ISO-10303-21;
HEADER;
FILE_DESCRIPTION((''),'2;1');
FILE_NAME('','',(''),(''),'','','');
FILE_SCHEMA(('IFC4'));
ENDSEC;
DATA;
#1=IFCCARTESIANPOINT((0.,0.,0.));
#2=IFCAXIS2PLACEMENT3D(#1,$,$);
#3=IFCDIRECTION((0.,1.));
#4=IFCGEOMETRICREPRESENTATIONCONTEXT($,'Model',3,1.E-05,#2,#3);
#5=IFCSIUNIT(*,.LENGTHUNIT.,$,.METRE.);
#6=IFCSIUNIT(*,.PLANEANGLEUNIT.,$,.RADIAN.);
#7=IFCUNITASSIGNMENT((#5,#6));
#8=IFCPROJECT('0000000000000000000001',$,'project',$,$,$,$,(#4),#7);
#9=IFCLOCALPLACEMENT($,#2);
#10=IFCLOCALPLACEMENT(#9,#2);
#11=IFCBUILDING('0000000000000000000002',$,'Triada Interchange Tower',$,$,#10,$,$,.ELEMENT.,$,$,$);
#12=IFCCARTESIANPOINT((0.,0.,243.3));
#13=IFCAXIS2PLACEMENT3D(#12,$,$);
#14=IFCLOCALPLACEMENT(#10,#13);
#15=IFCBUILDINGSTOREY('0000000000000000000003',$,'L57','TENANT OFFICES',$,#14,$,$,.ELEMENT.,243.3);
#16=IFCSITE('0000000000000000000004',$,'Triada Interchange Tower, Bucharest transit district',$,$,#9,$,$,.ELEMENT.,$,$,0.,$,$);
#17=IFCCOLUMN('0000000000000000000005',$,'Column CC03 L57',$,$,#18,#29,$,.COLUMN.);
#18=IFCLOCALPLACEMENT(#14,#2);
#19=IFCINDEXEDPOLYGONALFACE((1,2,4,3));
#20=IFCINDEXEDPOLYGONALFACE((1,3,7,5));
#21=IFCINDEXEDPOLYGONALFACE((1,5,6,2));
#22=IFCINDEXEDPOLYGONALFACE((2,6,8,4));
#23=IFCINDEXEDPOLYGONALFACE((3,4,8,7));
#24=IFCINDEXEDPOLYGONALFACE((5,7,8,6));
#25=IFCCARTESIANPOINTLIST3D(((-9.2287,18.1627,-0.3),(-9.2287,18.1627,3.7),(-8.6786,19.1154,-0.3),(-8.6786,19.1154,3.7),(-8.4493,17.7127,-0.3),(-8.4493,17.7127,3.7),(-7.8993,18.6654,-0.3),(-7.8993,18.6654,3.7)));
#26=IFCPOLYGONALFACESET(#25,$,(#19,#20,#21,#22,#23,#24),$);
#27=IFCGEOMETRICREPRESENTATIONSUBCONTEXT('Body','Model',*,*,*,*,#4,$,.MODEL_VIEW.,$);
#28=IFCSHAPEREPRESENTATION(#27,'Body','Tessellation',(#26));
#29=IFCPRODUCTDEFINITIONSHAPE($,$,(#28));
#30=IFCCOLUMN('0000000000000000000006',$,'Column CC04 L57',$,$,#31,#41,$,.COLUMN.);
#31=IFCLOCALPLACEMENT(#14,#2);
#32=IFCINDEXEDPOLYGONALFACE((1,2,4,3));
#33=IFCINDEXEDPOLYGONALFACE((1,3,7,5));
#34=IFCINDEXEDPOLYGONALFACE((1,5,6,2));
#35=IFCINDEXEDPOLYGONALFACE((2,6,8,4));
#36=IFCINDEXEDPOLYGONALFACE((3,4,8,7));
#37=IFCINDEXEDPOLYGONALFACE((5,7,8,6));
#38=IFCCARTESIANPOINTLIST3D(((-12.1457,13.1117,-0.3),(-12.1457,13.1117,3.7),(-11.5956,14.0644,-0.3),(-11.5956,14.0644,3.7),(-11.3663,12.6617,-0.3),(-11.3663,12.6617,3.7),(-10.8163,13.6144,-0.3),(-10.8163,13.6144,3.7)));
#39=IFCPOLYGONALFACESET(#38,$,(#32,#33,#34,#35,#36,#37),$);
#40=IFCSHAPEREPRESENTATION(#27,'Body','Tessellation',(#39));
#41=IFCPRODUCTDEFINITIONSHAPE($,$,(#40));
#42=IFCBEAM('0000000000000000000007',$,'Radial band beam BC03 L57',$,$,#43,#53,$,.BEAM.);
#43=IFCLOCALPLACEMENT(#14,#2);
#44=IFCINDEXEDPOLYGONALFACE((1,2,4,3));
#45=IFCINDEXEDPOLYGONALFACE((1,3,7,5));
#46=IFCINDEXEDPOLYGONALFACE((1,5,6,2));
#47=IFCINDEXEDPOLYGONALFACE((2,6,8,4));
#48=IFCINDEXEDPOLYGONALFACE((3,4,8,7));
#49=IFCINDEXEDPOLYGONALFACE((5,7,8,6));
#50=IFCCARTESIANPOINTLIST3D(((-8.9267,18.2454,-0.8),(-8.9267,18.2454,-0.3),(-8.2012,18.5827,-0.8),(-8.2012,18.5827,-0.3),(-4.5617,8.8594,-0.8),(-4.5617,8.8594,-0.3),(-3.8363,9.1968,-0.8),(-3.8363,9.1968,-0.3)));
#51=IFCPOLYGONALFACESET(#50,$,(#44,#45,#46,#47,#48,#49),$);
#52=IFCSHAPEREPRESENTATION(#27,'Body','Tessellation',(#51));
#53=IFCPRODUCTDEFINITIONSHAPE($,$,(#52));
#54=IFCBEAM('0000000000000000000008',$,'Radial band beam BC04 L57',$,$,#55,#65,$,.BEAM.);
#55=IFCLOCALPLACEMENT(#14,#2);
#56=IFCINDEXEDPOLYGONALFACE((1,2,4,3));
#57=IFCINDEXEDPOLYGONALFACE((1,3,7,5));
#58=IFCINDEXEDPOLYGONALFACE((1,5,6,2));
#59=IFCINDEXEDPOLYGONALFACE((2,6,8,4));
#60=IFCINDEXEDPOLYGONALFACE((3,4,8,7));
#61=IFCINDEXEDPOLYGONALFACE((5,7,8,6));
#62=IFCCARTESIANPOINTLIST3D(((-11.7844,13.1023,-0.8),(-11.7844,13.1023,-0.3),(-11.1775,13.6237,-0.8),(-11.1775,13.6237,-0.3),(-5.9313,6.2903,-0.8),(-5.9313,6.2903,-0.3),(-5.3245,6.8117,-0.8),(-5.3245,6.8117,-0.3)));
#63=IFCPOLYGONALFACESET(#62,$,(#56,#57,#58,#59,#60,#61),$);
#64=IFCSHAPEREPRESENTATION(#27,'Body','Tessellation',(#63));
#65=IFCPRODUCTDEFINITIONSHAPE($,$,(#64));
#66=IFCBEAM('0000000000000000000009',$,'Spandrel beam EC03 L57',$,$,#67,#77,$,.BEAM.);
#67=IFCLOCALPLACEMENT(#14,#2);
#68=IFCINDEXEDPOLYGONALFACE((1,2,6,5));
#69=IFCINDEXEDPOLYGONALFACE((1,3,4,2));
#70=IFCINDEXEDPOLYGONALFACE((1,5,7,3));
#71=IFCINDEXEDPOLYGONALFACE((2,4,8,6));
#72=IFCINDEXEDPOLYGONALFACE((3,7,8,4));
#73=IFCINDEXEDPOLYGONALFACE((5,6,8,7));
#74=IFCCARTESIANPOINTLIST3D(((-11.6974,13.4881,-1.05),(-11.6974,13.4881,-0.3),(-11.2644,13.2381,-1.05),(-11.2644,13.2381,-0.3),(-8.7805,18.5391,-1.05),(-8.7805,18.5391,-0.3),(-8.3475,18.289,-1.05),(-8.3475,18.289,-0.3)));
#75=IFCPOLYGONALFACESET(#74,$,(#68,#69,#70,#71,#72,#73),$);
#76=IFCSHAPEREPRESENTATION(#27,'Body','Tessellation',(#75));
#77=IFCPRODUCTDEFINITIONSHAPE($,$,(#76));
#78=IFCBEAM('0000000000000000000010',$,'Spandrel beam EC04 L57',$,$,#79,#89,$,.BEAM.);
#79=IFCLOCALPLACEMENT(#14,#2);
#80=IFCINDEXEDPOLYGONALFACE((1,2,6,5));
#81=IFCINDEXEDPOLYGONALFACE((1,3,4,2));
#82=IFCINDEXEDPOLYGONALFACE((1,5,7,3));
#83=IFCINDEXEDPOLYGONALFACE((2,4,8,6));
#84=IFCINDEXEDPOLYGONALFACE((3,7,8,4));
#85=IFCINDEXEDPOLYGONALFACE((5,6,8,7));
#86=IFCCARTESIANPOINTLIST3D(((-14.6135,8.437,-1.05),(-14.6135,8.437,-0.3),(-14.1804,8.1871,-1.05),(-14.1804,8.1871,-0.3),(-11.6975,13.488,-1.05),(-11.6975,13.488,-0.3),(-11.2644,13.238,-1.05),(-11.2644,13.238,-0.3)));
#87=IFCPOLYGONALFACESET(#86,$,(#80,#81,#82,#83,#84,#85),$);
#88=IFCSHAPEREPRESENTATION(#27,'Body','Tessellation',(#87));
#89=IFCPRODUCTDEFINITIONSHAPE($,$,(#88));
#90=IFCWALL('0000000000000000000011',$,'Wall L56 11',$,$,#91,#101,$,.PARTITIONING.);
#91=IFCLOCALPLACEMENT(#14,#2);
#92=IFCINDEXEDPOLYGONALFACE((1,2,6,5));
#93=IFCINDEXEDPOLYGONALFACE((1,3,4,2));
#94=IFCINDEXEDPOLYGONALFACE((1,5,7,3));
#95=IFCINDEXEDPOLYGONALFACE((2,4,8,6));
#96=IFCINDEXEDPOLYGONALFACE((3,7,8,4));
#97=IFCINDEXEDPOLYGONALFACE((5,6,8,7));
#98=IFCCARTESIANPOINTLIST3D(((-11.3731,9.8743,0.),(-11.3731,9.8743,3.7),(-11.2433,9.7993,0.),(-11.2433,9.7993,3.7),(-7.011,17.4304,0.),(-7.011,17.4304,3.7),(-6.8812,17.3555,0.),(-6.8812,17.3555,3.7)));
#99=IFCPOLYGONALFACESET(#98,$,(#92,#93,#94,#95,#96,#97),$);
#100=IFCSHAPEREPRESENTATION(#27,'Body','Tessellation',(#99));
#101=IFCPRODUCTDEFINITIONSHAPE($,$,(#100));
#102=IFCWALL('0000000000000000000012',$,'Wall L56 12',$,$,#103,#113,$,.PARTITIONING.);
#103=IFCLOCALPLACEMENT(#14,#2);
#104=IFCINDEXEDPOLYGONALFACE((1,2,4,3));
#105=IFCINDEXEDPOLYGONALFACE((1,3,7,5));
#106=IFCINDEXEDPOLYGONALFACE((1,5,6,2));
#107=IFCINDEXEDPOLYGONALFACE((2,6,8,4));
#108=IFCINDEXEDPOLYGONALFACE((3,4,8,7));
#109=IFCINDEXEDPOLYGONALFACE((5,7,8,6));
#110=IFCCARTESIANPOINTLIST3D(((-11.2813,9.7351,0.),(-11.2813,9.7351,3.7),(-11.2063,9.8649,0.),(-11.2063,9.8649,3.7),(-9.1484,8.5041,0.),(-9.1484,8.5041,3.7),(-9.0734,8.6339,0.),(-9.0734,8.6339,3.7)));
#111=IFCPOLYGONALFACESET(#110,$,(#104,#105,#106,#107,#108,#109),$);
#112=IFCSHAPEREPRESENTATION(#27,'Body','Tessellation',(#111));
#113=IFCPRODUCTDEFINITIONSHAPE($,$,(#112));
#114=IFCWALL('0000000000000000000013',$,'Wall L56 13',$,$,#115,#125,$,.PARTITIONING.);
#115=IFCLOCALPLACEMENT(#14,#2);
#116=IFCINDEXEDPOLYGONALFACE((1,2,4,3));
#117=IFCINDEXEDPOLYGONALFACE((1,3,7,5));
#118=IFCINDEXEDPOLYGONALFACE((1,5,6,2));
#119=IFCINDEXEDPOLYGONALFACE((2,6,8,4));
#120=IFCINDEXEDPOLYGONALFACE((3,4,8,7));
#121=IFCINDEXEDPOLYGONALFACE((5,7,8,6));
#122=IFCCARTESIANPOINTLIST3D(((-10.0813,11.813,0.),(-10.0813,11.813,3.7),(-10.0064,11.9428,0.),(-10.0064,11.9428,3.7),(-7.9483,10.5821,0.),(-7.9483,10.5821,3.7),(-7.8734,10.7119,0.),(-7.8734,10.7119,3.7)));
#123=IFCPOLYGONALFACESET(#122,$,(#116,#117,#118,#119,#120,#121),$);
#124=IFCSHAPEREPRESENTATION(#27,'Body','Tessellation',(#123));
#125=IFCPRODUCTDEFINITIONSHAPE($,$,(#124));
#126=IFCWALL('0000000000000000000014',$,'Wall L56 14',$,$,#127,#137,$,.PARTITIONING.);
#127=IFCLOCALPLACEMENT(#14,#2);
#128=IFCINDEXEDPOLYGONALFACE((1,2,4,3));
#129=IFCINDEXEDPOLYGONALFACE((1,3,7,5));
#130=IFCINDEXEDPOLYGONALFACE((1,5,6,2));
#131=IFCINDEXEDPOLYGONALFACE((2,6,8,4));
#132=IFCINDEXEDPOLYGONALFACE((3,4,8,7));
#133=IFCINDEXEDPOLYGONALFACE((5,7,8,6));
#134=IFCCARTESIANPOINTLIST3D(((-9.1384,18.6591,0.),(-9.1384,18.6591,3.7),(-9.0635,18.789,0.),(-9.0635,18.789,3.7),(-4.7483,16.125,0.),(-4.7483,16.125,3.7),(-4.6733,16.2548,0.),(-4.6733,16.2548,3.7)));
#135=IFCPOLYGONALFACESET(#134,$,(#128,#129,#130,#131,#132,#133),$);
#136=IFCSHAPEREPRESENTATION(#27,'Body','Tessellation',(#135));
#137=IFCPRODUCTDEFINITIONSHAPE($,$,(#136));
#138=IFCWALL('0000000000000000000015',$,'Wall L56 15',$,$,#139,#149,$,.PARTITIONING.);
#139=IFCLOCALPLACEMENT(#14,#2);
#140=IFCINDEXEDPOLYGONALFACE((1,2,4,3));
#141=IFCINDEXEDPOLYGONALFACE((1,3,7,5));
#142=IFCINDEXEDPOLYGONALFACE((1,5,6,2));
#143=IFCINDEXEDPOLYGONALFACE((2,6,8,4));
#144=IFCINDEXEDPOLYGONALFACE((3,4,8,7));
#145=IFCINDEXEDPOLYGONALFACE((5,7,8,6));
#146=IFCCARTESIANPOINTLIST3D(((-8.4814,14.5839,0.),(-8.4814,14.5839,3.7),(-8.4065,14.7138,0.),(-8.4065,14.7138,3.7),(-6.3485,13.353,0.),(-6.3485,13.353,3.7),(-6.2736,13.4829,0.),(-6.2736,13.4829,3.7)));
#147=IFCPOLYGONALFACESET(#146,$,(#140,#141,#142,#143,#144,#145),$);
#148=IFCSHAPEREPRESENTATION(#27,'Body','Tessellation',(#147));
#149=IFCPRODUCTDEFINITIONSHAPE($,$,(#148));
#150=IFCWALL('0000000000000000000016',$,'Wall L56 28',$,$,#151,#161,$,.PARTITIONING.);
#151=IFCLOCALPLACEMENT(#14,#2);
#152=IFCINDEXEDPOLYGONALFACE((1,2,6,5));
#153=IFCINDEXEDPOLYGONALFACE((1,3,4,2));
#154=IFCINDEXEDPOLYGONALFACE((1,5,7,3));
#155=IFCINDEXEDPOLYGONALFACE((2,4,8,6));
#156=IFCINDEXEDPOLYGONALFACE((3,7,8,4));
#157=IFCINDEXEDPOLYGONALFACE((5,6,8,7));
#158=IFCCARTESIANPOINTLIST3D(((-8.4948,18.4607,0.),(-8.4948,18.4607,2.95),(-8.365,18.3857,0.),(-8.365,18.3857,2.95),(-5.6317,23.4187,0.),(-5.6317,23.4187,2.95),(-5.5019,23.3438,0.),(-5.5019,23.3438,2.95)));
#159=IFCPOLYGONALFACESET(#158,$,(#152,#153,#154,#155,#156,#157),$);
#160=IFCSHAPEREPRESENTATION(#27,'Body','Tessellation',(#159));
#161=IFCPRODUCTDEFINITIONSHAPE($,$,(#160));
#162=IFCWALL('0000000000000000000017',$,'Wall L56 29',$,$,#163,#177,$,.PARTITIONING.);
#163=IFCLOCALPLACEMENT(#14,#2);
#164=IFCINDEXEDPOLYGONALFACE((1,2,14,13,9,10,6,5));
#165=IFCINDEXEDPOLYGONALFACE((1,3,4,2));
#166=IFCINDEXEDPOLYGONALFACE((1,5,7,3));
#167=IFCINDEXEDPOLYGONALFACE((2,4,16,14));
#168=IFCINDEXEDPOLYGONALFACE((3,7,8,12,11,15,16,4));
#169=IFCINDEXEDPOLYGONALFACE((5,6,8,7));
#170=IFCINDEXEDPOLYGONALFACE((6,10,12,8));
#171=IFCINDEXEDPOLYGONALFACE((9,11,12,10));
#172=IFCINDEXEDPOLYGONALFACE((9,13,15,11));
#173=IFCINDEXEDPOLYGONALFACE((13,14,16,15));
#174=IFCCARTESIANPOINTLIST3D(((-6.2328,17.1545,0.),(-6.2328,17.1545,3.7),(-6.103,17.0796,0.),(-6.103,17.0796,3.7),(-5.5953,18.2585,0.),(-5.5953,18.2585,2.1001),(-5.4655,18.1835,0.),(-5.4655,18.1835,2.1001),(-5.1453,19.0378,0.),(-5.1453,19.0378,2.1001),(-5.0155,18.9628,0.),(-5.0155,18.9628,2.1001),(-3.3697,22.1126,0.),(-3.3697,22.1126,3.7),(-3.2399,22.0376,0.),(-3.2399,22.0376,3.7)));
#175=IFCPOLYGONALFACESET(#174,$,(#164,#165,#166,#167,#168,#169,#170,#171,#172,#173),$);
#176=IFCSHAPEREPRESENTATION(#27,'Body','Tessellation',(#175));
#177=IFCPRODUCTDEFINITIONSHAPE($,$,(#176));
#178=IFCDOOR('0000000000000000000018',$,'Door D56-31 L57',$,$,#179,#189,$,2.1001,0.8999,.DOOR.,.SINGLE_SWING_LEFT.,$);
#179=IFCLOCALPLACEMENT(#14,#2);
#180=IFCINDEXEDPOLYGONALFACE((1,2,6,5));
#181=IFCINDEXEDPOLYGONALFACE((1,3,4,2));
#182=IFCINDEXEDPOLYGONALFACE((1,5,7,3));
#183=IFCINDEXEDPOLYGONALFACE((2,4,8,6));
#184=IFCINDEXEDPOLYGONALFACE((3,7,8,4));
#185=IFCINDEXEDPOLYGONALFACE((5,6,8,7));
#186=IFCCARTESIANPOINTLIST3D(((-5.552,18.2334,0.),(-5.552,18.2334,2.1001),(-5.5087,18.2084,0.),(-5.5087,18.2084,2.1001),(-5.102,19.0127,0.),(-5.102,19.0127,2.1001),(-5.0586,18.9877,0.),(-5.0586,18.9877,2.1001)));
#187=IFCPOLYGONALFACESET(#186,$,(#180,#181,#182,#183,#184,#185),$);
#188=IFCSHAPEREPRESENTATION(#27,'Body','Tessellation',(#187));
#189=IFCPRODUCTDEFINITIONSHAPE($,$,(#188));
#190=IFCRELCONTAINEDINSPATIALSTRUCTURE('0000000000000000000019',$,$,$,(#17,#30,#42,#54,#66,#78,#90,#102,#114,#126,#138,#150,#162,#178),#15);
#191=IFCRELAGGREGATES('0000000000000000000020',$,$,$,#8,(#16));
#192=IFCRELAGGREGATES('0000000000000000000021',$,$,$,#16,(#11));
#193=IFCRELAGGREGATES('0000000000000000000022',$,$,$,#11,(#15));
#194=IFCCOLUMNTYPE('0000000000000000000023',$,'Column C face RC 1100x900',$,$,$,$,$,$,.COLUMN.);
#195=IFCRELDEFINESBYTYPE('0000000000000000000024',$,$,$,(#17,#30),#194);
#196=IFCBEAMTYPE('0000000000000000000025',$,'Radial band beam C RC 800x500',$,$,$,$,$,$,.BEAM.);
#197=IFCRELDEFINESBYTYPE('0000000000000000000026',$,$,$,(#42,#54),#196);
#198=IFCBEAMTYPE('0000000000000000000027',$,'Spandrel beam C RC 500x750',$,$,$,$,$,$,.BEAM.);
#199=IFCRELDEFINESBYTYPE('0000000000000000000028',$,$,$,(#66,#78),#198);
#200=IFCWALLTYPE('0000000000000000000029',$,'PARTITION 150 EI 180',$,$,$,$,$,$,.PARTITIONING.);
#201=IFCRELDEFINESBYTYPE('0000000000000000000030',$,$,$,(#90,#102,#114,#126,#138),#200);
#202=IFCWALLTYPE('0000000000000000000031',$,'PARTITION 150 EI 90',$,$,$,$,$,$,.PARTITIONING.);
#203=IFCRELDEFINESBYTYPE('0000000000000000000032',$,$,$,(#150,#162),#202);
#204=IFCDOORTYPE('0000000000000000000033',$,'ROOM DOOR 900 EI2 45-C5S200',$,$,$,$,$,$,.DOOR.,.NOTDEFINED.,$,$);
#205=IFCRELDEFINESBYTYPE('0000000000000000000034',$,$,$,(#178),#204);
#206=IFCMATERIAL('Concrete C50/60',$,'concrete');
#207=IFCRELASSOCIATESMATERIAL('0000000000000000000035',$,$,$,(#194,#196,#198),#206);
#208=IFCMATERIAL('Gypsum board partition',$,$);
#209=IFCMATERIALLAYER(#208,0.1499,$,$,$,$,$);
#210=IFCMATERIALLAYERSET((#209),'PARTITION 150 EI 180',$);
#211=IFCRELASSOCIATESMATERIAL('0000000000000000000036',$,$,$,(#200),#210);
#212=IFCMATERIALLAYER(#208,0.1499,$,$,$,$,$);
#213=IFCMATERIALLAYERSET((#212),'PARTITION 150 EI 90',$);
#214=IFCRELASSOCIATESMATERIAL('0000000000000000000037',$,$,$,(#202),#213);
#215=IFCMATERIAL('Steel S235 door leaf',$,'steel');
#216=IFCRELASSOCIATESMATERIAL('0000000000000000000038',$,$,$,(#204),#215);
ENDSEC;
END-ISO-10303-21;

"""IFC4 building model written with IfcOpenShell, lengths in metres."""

from ifc_helpers import new_model, si_unit, direction, frame, frame_2d, origin, origin_2d, place, context, subcontext, project, spatial, rectangle, extrude, material, layer, layer_set, material_profile, profile_set, type_object, element, fill, save


model = new_model("IFC4")

# Units and contexts
model_context = context("Model", 3, precision=1e-05, world=origin(), true_north=direction((0.0, 1.0)))
body_context = subcontext(model_context, "Body", "Model", "MODEL_VIEW")
ifc_project = project(units=[si_unit("LENGTHUNIT", "METRE"), si_unit("PLANEANGLEUNIT", "RADIAN")], contexts=[model_context])

# Site, building, storey
site_placement = place(None, origin())
site = spatial("IfcSite", under=ifc_project, at=site_placement, Name="Triada Interchange Tower, Bucharest transit district", CompositionType="ELEMENT", RefElevation=0.0)
building_placement = place(site_placement, origin())
building = spatial("IfcBuilding", under=site, at=building_placement, Name="Triada Interchange Tower", CompositionType="ELEMENT")
storey_placement = place(building_placement, frame((0.0, 0.0, 243.3)))
storey = spatial("IfcBuildingStorey", under=building, at=storey_placement, Name="L57", Description="TENANT OFFICES", CompositionType="ELEMENT", Elevation=243.3)

# Columns
ifc_material_1 = material(Name="Concrete C50/60", Category="concrete")
ifc_material_profile_1 = material_profile(ifc_material_1, rectangle(XDim=1.1001, YDim=0.8999, at=origin_2d()), Name="RC 1100x900")
ifc_profile_set_1 = profile_set([ifc_material_profile_1], Name="Concrete C50/60")
column_type = type_object("IfcColumnType", Name="Column C face RC 1100x900", PredefinedType="COLUMN", material=ifc_profile_set_1)
for number, where, z_axis, x_axis, name in (
    (1, (-8.564, 18.4141, -0.3), (0.0, 0.0, 1.0), (0.5, 0.866025, 0.0), "Column CC03 L57"),
    (2, (-11.481, 13.363, -0.3), (0.0, 0.0, 1.0), (0.5, 0.866025, 0.0), "Column CC04 L57"),
):
    element("IfcColumn", number, at=place(storey_placement, frame(where, z_axis=z_axis, x_axis=x_axis)), inside=storey, type_object=column_type, Name=name, PredefinedType="COLUMN", context=body_context, shape_type="SweptSolid", body=[
        extrude(rectangle(XDim=1.1001, YDim=0.8999, at=origin_2d()), origin(), (0.0, 0.0, 1.0), 4.0),
    ])

# Beams
ifc_material_profile_2 = material_profile(ifc_material_1, rectangle(XDim=0.8, YDim=0.5, at=origin_2d()), Name="RC 800x500")
ifc_profile_set_2 = profile_set([ifc_material_profile_2], Name="Concrete C50/60")
beam_type_1 = type_object("IfcBeamType", Name="Radial band beam C RC 800x500", PredefinedType="BEAM", material=ifc_profile_set_2)
beam_1_placement = place(storey_placement, frame((-8.564, 18.4141, -0.55), z_axis=(0.421684, -0.906743, 0.0), x_axis=(0.906743, 0.421684, 0.0)))
element("IfcBeam", 3, at=beam_1_placement, inside=storey, type_object=beam_type_1, Name="Radial band beam BC03 L57", PredefinedType="BEAM", context=body_context, shape_type="SweptSolid", body=[
    extrude(rectangle(XDim=0.8, YDim=0.5, at=origin_2d()), origin(), (0.0, 0.0, 1.0), 10.3513),
])
beam_2_placement = place(storey_placement, frame((-11.481, 13.363, -0.55), z_axis=(0.6517, -0.758477, 0.0), x_axis=(0.758477, 0.6517, 0.0)))
element("IfcBeam", 4, at=beam_2_placement, inside=storey, type_object=beam_type_1, Name="Radial band beam BC04 L57", PredefinedType="BEAM", context=body_context, shape_type="SweptSolid", body=[
    extrude(rectangle(XDim=0.8, YDim=0.5, at=origin_2d()), origin(), (0.0, 0.0, 1.0), 8.9812),
])
ifc_material_profile_3 = material_profile(ifc_material_1, rectangle(XDim=0.5, YDim=0.75, at=origin_2d()), Name="RC 500x750")
ifc_profile_set_3 = profile_set([ifc_material_profile_3], Name="Concrete C50/60")
beam_type_2 = type_object("IfcBeamType", Name="Spandrel beam C RC 500x750", PredefinedType="BEAM", material=ifc_profile_set_3)
beam_3_placement = place(storey_placement, frame((-8.564, 18.4141, -0.675), z_axis=(-0.5001, -0.865967, 0.0), x_axis=(0.865967, -0.5001, 0.0)))
element("IfcBeam", 5, at=beam_3_placement, inside=storey, type_object=beam_type_2, Name="Spandrel beam EC03 L57", PredefinedType="BEAM", context=body_context, shape_type="SweptSolid", body=[
    extrude(rectangle(XDim=0.5, YDim=0.75, at=origin_2d()), origin(), (0.0, 0.0, 1.0), 5.8328),
])
beam_4_placement = place(storey_placement, frame((-11.481, 13.363, -0.675), z_axis=(-0.499975, -0.86604, 0.0), x_axis=(0.86604, -0.499975, 0.0)))
element("IfcBeam", 6, at=beam_4_placement, inside=storey, type_object=beam_type_2, Name="Spandrel beam EC04 L57", PredefinedType="BEAM", context=body_context, shape_type="SweptSolid", body=[
    extrude(rectangle(XDim=0.5, YDim=0.75, at=origin_2d()), origin(), (0.0, 0.0, 1.0), 5.8323),
])

# Shared definitions
ifc_material_2 = material(Name="Steel S235 door leaf", Category="steel")

# Walls
ifc_material_3 = material(Name="Gypsum board partition")
ifc_layer_1 = layer(ifc_material_3, 0.1499)
ifc_layer_set_1 = layer_set([ifc_layer_1], Name="PARTITION 150 EI 180")
wall_type_1 = type_object("IfcWallType", Name="PARTITION 150 EI 180", PredefinedType="PARTITIONING", material=ifc_layer_set_1)
wall_1_placement = place(storey_placement, frame((-11.3081, 9.8369, 0.0), z_axis=(0.0, 0.0, 1.0), x_axis=(0.499958, 0.86605, 0.0)))
element("IfcWall", 7, at=wall_1_placement, inside=storey, type_object=wall_type_1, Name="Wall L56 11", PredefinedType="PARTITIONING", context=body_context, shape_type="SweptSolid", body=[
    extrude(rectangle(XDim=8.7249, YDim=0.1499, at=frame_2d((4.3623, 0.0))), origin(), (0.0, 0.0, 1.0), 3.7),
])
for number, where, z_axis, x_axis, name in (
    (8, (-11.2439, 9.8, 0.0), (0.0, 0.0, 1.0), (0.8661, -0.499871, 0.0), "Wall L56 12"),
    (9, (-10.0439, 11.8779, 0.0), (0.0, 0.0, 1.0), (0.866125, -0.499828, 0.0), "Wall L56 13"),
):
    element("IfcWall", number, at=place(storey_placement, frame(where, z_axis=z_axis, x_axis=x_axis)), inside=storey, type_object=wall_type_1, Name=name, PredefinedType="PARTITIONING", context=body_context, shape_type="SweptSolid", body=[
        extrude(rectangle(XDim=2.4626, YDim=0.1499, at=frame_2d((1.2314, 0.0))), origin(), (0.0, 0.0, 1.0), 3.7),
    ])
wall_2_placement = place(storey_placement, frame((-9.1011, 18.7241, 0.0), z_axis=(0.0, 0.0, 1.0), x_axis=(0.866065, -0.499931, 0.0)))
element("IfcWall", 10, at=wall_2_placement, inside=storey, type_object=wall_type_1, Name="Wall L56 14", PredefinedType="PARTITIONING", context=body_context, shape_type="SweptSolid", body=[
    extrude(rectangle(XDim=5.0691, YDim=0.1499, at=frame_2d((2.5347, 0.0))), origin(), (0.0, 0.0, 1.0), 3.7),
])
wall_3_placement = place(storey_placement, frame((-8.4441, 14.6489, 0.0), z_axis=(0.0, 0.0, 1.0), x_axis=(0.866125, -0.499828, 0.0)))
element("IfcWall", 11, at=wall_3_placement, inside=storey, type_object=wall_type_1, Name="Wall L56 15", PredefinedType="PARTITIONING", context=body_context, shape_type="SweptSolid", body=[
    extrude(rectangle(XDim=2.4626, YDim=0.1499, at=frame_2d((1.2314, 0.0))), origin(), (0.0, 0.0, 1.0), 3.7),
])
ifc_layer_2 = layer(ifc_material_3, 0.1499)
ifc_layer_set_2 = layer_set([ifc_layer_2], Name="PARTITION 150 EI 90")
wall_type_2 = type_object("IfcWallType", Name="PARTITION 150 EI 90", PredefinedType="PARTITIONING", material=ifc_layer_set_2)
wall_4_placement = place(storey_placement, frame((-8.4299, 18.4231, 0.0), z_axis=(0.0, 0.0, 1.0), x_axis=(0.500069, 0.865985, 0.0)))
element("IfcWall", 12, at=wall_4_placement, inside=storey, type_object=wall_type_2, Name="Wall L56 28", PredefinedType="PARTITIONING", context=body_context, shape_type="SweptSolid", body=[
    extrude(rectangle(XDim=5.7253, YDim=0.1499, at=frame_2d((2.8628, 0.0))), origin(), (0.0, 0.0, 1.0), 2.95),
])

# Wall, opening, door
wall_5_placement = place(storey_placement, frame((-6.168, 17.1169, 0.0), z_axis=(0.0, 0.0, 1.0), x_axis=(0.500069, 0.865985, 0.0)))
wall_5 = element("IfcWall", 13, at=wall_5_placement, inside=storey, type_object=wall_type_2, Name="Wall L56 29", PredefinedType="PARTITIONING", context=body_context, shape_type="SweptSolid", body=[
    extrude(rectangle(XDim=5.7253, YDim=0.1499, at=frame_2d((2.8628, 0.0))), origin(), (0.0, 0.0, 1.0), 3.7),
])
opening_1_placement = place(wall_5_placement, frame((1.2749, 0.0, 0.0)))
opening_1 = element("IfcOpeningElement", 14, at=opening_1_placement, cuts=wall_5, PredefinedType="OPENING", context=body_context, shape_type="SweptSolid", body=[
    extrude(rectangle(XDim=0.8999, YDim=2.1001, at=frame_2d((0.45, 1.05))), frame((0.0, 0.085, 0.0), z_axis=(0.0, -1.0, 0.0), x_axis=(1.0, 0.0, 0.0)), (0.0, 0.0, 1.0), 0.1699),
])
door_type_1 = type_object("IfcDoorType", Name="ROOM DOOR 900 EI2 45-C5S200", OperationType="NOTDEFINED", PredefinedType="DOOR", material=ifc_material_2)
door_1_placement = place(opening_1_placement, origin())
door_1 = element("IfcDoor", 15, at=door_1_placement, inside=storey, type_object=door_type_1, Name="Door D56-31 L57", OperationType="SINGLE_SWING_LEFT", OverallHeight=2.1001, OverallWidth=0.8999, PredefinedType="DOOR", context=body_context, shape_type="SweptSolid", body=[
    extrude(rectangle(XDim=0.8999, YDim=2.1001, at=frame_2d((0.45, 1.05))), frame((0.0, 0.0249, 0.0), z_axis=(0.0, -1.0, 0.0), x_axis=(1.0, 0.0, 0.0)), (0.0, 0.0, 1.0), 0.05),
])
fill(opening_1, door_1)

save(model, "model.ifc")
